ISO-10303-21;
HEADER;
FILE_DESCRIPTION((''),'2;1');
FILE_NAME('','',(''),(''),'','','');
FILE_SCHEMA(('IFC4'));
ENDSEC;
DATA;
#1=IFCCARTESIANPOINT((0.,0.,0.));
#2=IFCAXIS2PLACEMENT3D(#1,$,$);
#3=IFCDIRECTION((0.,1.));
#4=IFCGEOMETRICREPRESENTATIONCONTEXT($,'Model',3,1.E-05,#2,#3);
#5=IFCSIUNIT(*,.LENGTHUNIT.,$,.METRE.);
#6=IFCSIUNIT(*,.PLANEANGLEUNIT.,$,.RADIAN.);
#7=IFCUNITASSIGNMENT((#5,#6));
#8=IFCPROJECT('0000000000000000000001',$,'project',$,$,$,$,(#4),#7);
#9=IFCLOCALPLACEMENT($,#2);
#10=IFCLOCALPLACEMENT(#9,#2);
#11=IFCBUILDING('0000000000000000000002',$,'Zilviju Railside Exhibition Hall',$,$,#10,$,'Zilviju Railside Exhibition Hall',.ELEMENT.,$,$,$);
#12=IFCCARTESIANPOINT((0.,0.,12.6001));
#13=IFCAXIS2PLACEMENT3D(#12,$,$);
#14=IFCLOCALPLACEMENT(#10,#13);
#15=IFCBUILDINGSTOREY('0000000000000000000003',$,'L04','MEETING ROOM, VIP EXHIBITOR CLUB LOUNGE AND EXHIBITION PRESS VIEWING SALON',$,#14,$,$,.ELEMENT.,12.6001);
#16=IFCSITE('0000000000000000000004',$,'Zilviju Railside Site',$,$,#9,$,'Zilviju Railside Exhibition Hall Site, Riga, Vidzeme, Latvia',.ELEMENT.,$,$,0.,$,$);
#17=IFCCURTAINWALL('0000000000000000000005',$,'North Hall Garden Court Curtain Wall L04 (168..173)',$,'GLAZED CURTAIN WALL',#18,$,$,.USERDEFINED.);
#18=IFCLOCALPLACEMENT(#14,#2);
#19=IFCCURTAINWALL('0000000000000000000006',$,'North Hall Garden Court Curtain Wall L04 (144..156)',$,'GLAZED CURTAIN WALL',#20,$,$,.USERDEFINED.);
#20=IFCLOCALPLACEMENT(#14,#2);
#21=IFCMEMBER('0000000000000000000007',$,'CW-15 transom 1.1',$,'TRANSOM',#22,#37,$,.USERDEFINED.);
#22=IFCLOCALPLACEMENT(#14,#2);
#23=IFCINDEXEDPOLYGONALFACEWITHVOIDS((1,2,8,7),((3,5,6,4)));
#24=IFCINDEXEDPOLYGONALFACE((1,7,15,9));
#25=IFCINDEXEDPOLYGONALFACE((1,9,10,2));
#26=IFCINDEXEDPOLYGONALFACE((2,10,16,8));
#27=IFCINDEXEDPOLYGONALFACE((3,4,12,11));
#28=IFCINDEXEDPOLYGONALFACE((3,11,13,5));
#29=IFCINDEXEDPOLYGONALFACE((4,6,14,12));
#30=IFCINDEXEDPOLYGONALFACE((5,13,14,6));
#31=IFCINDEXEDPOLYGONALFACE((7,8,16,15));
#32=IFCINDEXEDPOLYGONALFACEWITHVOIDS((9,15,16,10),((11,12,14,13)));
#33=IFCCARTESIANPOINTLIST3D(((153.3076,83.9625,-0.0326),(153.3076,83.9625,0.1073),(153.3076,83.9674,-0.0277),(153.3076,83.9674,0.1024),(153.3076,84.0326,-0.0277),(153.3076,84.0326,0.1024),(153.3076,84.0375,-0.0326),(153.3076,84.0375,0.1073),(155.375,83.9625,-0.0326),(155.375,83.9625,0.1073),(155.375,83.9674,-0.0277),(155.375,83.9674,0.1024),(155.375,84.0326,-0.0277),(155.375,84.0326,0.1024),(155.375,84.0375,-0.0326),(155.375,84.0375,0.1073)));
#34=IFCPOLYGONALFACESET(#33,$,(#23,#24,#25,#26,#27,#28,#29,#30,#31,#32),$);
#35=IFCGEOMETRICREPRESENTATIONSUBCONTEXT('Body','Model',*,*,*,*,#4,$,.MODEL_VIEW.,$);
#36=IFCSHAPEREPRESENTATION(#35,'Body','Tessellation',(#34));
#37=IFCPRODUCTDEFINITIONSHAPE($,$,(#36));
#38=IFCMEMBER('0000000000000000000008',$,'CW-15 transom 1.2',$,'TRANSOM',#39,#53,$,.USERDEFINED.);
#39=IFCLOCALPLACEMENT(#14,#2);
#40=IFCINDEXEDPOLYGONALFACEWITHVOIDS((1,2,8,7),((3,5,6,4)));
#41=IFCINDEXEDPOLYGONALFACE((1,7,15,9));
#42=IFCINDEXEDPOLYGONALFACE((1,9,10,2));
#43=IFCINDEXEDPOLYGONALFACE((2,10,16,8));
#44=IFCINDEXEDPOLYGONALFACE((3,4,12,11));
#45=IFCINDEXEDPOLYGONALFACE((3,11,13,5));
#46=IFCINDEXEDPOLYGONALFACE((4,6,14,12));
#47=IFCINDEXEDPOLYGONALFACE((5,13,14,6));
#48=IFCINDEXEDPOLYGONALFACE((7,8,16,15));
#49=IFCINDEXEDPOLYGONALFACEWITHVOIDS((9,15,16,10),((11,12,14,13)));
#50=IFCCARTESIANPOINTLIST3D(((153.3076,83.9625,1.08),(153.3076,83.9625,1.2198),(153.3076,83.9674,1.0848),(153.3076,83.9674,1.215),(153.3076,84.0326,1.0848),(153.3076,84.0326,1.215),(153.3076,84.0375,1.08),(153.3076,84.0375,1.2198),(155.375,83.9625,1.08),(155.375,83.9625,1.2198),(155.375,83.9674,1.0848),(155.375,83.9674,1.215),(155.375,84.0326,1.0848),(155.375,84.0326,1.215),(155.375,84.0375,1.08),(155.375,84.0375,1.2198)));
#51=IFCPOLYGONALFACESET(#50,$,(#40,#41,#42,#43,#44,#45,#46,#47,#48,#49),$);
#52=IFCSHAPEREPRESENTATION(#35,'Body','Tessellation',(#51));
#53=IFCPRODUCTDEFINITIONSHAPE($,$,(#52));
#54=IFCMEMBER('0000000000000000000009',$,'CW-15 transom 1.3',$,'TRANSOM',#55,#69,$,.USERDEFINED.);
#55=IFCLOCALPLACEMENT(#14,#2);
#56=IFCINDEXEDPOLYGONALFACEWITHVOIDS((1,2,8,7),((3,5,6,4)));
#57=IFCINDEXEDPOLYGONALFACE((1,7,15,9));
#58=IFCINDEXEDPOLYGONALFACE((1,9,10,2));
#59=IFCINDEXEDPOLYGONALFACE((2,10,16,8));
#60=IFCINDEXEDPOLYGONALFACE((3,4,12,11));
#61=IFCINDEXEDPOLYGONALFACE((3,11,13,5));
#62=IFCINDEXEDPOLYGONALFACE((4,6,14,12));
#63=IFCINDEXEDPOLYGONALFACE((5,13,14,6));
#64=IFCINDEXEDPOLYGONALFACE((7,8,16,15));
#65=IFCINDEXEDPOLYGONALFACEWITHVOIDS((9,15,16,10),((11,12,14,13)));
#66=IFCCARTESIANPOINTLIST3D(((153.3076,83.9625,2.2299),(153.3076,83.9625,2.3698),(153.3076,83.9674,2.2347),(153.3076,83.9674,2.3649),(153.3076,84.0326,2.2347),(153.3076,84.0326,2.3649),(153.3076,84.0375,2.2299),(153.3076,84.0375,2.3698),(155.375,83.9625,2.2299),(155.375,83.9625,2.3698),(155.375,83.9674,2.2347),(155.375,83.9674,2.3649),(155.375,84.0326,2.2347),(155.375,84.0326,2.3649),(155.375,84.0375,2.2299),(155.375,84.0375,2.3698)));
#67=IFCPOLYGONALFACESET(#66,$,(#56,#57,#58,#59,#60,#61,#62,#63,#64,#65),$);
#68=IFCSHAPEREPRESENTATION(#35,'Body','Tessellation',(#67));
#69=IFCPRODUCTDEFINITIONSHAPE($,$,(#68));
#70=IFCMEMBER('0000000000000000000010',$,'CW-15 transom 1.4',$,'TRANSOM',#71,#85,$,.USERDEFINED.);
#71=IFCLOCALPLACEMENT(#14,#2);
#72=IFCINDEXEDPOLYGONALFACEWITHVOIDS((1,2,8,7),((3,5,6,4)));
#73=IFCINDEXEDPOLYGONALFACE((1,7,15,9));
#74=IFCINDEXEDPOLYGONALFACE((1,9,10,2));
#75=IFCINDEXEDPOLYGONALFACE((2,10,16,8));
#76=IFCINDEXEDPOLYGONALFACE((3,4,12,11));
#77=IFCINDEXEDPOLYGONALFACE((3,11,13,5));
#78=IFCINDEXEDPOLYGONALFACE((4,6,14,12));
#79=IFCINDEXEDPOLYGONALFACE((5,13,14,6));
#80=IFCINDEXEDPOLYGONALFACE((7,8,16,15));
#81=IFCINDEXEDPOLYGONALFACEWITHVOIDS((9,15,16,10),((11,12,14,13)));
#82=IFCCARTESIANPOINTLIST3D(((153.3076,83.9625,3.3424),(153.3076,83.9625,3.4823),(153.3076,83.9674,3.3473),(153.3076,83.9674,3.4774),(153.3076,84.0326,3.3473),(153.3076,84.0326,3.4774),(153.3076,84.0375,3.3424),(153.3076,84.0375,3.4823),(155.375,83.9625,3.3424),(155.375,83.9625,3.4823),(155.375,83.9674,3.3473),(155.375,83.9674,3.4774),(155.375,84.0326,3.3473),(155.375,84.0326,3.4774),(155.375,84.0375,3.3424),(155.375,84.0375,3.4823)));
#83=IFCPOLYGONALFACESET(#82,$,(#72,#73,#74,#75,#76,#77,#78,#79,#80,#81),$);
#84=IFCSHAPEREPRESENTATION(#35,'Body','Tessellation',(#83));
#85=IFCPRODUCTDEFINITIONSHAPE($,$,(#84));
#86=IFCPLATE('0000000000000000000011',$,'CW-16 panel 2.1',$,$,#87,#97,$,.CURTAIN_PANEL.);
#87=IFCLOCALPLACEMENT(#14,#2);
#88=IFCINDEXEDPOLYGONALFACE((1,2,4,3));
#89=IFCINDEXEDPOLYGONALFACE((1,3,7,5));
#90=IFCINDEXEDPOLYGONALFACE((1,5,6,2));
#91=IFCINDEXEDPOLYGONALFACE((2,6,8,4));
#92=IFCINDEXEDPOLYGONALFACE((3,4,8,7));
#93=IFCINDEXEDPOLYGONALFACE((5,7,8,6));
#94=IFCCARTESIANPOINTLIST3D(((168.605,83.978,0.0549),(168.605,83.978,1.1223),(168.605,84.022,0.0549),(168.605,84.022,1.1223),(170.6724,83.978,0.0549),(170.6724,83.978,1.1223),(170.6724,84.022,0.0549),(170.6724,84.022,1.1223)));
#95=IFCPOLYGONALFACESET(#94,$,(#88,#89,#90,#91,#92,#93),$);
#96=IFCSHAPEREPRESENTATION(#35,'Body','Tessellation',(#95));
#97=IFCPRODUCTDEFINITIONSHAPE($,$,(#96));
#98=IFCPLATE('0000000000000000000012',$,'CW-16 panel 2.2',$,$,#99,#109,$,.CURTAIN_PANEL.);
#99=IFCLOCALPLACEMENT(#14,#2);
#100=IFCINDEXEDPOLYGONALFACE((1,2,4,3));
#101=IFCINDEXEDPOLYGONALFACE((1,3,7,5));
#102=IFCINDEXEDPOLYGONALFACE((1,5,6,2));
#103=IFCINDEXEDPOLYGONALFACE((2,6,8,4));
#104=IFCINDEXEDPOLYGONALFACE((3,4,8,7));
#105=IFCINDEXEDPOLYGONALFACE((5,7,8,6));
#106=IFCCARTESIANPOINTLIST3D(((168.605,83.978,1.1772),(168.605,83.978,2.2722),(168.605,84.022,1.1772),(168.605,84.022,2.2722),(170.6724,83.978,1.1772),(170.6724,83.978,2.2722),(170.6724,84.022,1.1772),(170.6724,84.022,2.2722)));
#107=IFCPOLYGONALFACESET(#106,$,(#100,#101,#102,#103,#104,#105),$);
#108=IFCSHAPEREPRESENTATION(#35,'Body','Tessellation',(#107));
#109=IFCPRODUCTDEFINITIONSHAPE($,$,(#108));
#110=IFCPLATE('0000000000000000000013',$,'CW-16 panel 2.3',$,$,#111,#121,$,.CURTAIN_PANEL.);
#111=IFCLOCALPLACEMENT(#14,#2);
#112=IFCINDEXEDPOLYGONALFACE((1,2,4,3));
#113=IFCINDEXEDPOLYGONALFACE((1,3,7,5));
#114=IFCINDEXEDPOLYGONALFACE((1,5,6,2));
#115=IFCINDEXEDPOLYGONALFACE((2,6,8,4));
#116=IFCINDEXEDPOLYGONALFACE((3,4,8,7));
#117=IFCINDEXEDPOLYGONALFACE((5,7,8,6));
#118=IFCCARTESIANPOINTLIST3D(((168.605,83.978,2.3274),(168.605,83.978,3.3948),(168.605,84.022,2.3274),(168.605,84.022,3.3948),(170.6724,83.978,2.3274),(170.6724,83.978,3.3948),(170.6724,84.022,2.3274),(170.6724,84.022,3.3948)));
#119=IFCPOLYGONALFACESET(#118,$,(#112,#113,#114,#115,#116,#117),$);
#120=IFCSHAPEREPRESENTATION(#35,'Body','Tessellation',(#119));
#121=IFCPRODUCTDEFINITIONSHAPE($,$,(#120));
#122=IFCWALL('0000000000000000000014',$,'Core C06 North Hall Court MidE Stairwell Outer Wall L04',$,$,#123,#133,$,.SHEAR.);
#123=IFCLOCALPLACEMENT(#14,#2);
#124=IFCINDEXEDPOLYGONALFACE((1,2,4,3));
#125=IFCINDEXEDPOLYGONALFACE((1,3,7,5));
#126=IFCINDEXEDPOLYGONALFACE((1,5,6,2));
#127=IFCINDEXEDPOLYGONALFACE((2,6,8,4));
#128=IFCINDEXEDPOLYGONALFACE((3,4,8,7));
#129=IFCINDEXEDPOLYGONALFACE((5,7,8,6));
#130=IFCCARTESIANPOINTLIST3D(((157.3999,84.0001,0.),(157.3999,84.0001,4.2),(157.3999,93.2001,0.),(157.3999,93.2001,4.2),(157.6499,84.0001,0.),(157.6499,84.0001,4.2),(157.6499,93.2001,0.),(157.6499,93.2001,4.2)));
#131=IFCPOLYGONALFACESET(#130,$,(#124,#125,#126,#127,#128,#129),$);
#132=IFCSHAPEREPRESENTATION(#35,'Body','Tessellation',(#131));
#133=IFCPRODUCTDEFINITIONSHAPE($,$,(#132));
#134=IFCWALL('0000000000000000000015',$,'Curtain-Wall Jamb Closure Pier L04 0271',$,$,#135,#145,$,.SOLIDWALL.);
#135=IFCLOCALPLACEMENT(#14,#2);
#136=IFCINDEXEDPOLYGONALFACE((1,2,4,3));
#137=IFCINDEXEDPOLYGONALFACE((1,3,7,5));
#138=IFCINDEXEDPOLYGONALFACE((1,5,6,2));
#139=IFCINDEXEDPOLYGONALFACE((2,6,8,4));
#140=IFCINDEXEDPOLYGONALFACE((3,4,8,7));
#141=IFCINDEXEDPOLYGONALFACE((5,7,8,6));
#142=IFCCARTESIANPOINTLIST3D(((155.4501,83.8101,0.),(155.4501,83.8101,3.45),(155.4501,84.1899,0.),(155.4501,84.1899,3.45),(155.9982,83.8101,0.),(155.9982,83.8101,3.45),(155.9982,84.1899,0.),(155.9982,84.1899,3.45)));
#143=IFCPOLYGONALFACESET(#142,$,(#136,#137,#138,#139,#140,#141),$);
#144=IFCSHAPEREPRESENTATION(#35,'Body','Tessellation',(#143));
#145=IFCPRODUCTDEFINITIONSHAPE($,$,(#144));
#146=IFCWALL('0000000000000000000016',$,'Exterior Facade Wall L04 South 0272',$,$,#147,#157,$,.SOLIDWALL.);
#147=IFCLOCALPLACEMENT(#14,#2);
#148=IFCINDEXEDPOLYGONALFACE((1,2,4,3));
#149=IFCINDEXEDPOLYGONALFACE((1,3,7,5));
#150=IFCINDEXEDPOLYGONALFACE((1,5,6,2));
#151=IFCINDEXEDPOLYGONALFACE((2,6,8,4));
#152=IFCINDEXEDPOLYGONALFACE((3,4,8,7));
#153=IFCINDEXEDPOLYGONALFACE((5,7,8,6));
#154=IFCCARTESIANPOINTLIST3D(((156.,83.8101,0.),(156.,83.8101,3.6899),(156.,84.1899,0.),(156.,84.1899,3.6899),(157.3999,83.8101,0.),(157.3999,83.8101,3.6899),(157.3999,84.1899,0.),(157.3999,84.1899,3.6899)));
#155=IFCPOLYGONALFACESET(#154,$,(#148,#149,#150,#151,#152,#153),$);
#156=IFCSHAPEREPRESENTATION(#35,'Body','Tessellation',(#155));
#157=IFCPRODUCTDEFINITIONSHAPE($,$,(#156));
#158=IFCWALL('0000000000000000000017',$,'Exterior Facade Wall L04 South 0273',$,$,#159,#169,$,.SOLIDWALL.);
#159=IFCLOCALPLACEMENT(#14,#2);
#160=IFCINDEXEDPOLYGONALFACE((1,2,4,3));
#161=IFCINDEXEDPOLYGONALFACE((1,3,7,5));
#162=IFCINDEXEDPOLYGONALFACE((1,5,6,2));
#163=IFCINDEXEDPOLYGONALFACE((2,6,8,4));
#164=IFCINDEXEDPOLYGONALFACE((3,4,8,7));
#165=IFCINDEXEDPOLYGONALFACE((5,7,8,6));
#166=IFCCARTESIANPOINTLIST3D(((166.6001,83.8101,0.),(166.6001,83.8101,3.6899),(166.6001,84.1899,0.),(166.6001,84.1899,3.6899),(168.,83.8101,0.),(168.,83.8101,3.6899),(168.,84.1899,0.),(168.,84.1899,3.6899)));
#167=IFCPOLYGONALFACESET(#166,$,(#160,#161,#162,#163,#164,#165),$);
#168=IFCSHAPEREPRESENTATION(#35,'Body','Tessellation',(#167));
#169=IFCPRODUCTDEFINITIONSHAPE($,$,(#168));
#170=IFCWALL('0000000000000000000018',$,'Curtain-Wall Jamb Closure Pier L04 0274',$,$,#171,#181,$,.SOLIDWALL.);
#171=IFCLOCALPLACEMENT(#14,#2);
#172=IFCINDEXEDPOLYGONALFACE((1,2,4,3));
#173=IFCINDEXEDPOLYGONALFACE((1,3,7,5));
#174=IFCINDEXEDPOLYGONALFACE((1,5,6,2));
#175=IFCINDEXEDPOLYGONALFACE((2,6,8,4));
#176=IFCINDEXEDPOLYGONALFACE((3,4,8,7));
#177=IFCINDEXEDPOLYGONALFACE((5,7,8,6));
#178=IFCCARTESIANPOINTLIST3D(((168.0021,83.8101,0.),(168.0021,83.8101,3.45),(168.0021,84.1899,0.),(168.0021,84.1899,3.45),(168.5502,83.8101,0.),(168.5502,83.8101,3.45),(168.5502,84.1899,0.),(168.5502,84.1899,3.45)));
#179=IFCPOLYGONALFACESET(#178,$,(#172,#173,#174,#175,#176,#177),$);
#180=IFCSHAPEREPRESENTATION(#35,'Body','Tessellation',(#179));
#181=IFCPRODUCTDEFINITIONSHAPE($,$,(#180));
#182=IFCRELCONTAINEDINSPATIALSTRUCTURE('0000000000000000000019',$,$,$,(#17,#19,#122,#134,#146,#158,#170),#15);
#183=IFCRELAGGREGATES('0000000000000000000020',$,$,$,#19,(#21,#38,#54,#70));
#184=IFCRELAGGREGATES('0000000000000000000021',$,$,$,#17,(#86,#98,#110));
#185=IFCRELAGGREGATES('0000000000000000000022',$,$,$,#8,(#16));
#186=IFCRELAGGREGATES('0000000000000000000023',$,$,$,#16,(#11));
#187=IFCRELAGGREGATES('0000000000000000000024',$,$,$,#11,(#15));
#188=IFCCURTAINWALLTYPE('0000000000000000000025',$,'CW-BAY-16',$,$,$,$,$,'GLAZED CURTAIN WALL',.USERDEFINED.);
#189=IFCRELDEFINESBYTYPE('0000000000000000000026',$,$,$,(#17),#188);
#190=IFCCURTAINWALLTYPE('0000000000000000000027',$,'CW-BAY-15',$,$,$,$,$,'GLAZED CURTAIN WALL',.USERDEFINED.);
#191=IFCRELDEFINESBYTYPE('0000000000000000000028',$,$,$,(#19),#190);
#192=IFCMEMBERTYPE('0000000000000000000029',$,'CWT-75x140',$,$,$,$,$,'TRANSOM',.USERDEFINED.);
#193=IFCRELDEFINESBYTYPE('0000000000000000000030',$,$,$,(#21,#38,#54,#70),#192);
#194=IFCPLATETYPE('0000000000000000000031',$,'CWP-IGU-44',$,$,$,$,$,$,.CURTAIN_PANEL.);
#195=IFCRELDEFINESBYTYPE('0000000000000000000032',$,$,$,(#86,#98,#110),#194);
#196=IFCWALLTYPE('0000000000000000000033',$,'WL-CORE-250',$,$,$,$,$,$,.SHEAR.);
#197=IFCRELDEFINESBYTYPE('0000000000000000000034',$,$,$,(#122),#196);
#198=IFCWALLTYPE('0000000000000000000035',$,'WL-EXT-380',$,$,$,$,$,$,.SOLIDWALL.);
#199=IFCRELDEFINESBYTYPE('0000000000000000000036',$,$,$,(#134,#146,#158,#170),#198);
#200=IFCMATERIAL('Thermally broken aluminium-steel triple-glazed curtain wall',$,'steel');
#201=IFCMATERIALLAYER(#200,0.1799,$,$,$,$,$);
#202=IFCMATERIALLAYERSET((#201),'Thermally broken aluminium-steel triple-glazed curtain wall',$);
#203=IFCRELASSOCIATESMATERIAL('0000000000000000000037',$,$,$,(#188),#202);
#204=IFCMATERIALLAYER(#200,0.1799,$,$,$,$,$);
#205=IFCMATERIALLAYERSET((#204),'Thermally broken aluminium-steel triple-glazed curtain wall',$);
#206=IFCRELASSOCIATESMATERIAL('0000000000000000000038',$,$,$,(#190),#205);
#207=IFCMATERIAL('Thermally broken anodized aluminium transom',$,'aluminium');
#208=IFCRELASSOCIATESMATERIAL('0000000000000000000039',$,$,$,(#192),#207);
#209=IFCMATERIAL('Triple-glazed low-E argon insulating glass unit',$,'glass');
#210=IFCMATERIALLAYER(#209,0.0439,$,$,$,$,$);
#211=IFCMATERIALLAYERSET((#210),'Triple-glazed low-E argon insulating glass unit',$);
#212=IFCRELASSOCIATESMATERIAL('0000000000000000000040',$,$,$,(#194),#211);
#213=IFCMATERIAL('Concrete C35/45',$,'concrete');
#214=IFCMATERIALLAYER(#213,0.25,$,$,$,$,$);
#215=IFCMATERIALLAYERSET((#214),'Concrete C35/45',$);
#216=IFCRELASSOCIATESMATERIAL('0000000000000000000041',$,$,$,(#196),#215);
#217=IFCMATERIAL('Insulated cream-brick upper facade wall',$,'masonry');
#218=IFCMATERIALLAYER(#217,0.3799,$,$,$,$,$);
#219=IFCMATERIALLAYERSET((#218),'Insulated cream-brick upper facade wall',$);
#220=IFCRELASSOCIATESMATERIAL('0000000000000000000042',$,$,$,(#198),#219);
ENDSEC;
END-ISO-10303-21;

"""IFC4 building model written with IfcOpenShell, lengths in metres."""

from ifc_helpers import new_model, si_unit, direction, frame, frame_2d, origin, origin_2d, place, context, subcontext, project, spatial, rectangle, hollow_rectangle, extrude, material, layer, layer_set, material_profile, profile_set, type_object, element, aggregate, save


model = new_model("IFC4")

# Units and contexts
model_context = context("Model", 3, precision=1e-05, world=origin(), true_north=direction((0.0, 1.0)))
body_context = subcontext(model_context, "Body", "Model", "MODEL_VIEW")
ifc_project = project(units=[si_unit("LENGTHUNIT", "METRE"), si_unit("PLANEANGLEUNIT", "RADIAN")], contexts=[model_context])

# Site, building, storey
site_placement = place(None, origin())
site = spatial("IfcSite", under=ifc_project, at=site_placement, Name="Zilviju Railside Site", LongName="Zilviju Railside Exhibition Hall Site, Riga, Vidzeme, Latvia", CompositionType="ELEMENT", RefElevation=0.0)
building_placement = place(site_placement, origin())
building = spatial("IfcBuilding", under=site, at=building_placement, Name="Zilviju Railside Exhibition Hall", LongName="Zilviju Railside Exhibition Hall", CompositionType="ELEMENT")
storey_placement = place(building_placement, frame((0.0, 0.0, 12.6001)))
storey = spatial("IfcBuildingStorey", under=building, at=storey_placement, Name="L04", Description="MEETING ROOM, VIP EXHIBITOR CLUB LOUNGE AND EXHIBITION PRESS VIEWING SALON", CompositionType="ELEMENT", Elevation=12.6001)

# Curtain walls
ifc_material_1 = material(Name="Thermally broken aluminium-steel triple-glazed curtain wall", Category="steel")
ifc_layer_1 = layer(ifc_material_1, 0.1799)
ifc_layer_set_1 = layer_set([ifc_layer_1], Name="Thermally broken aluminium-steel triple-glazed curtain wall")
curtain_wall_type_1 = type_object("IfcCurtainWallType", Name="CW-BAY-16", ElementType="GLAZED CURTAIN WALL", PredefinedType="USERDEFINED", material=ifc_layer_set_1)
curtain_wall_1_placement = place(storey_placement, origin())
curtain_wall_1 = element("IfcCurtainWall", 1, at=curtain_wall_1_placement, inside=storey, type_object=curtain_wall_type_1, Name="North Hall Garden Court Curtain Wall L04 (168..173)", ObjectType="GLAZED CURTAIN WALL", PredefinedType="USERDEFINED")
ifc_layer_2 = layer(ifc_material_1, 0.1799)
ifc_layer_set_2 = layer_set([ifc_layer_2], Name="Thermally broken aluminium-steel triple-glazed curtain wall")
curtain_wall_type_2 = type_object("IfcCurtainWallType", Name="CW-BAY-15", ElementType="GLAZED CURTAIN WALL", PredefinedType="USERDEFINED", material=ifc_layer_set_2)
curtain_wall_2_placement = place(storey_placement, origin())
curtain_wall_2 = element("IfcCurtainWall", 2, at=curtain_wall_2_placement, inside=storey, type_object=curtain_wall_type_2, Name="North Hall Garden Court Curtain Wall L04 (144..156)", ObjectType="GLAZED CURTAIN WALL", PredefinedType="USERDEFINED")

# Members
ifc_material_2 = material(Name="Thermally broken anodized aluminium transom", Category="aluminium")
ifc_material_profile_1 = material_profile(ifc_material_2, hollow_rectangle(XDim=0.075, YDim=0.1399, WallThickness=0.0049, at=origin_2d()), Name="TRANSOM 140x75x5")
ifc_profile_set_1 = profile_set([ifc_material_profile_1], Name="Thermally broken anodized aluminium transom")
member_type_1 = type_object("IfcMemberType", Name="CWT-75x140", ElementType="TRANSOM", PredefinedType="USERDEFINED", material=ifc_profile_set_1)
member_1_placement = place(storey_placement, frame((155.375, 84.0, 0.0374), z_axis=(-1.0, 0.0, 0.0), x_axis=(0.0, -1.0, 0.0)))
member_1 = element("IfcMember", 3, at=member_1_placement, type_object=member_type_1, Name="CW-15 transom 1.1", ObjectType="TRANSOM", PredefinedType="USERDEFINED", context=body_context, shape_type="SweptSolid", body=[
    extrude(hollow_rectangle(XDim=0.075, YDim=0.1399, WallThickness=0.0049, at=origin_2d()), origin(), (0.0, 0.0, 1.0), 2.0674),
])
member_2_placement = place(storey_placement, frame((155.375, 84.0, 1.1499), z_axis=(-1.0, 0.0, 0.0), x_axis=(0.0, -1.0, 0.0)))
member_2 = element("IfcMember", 4, at=member_2_placement, type_object=member_type_1, Name="CW-15 transom 1.2", ObjectType="TRANSOM", PredefinedType="USERDEFINED", context=body_context, shape_type="SweptSolid", body=[
    extrude(hollow_rectangle(XDim=0.075, YDim=0.1399, WallThickness=0.0049, at=origin_2d()), origin(), (0.0, 0.0, 1.0), 2.0674),
])
member_3_placement = place(storey_placement, frame((155.375, 84.0, 2.2998), z_axis=(-1.0, 0.0, 0.0), x_axis=(0.0, -1.0, 0.0)))
member_3 = element("IfcMember", 5, at=member_3_placement, type_object=member_type_1, Name="CW-15 transom 1.3", ObjectType="TRANSOM", PredefinedType="USERDEFINED", context=body_context, shape_type="SweptSolid", body=[
    extrude(hollow_rectangle(XDim=0.075, YDim=0.1399, WallThickness=0.0049, at=origin_2d()), origin(), (0.0, 0.0, 1.0), 2.0674),
])
member_4_placement = place(storey_placement, frame((155.375, 84.0, 3.4124), z_axis=(-1.0, 0.0, 0.0), x_axis=(0.0, -1.0, 0.0)))
member_4 = element("IfcMember", 6, at=member_4_placement, type_object=member_type_1, Name="CW-15 transom 1.4", ObjectType="TRANSOM", PredefinedType="USERDEFINED", context=body_context, shape_type="SweptSolid", body=[
    extrude(hollow_rectangle(XDim=0.075, YDim=0.1399, WallThickness=0.0049, at=origin_2d()), origin(), (0.0, 0.0, 1.0), 2.0674),
])
aggregate(curtain_wall_2, [member_1, member_2, member_3, member_4])

# Plates
ifc_material_3 = material(Name="Triple-glazed low-E argon insulating glass unit", Category="glass")
ifc_layer_3 = layer(ifc_material_3, 0.0439)
ifc_layer_set_3 = layer_set([ifc_layer_3], Name="Triple-glazed low-E argon insulating glass unit")
plate_type = type_object("IfcPlateType", Name="CWP-IGU-44", PredefinedType="CURTAIN_PANEL", material=ifc_layer_set_3)
plate_1_placement = place(storey_placement, frame((169.6387, 84.0, 0.0549), z_axis=(0.0, 0.0, 1.0), x_axis=(-1.0, 0.0, 0.0)))
plate_1 = element("IfcPlate", 7, at=plate_1_placement, type_object=plate_type, Name="CW-16 panel 2.1", PredefinedType="CURTAIN_PANEL", context=body_context, shape_type="SweptSolid", body=[
    extrude(rectangle(XDim=2.0674, YDim=0.0439, at=origin_2d()), origin(), (0.0, 0.0, 1.0), 1.0674),
])
plate_2_placement = place(storey_placement, frame((169.6387, 84.0, 1.1772), z_axis=(0.0, 0.0, 1.0), x_axis=(-1.0, 0.0, 0.0)))
plate_2 = element("IfcPlate", 8, at=plate_2_placement, type_object=plate_type, Name="CW-16 panel 2.2", PredefinedType="CURTAIN_PANEL", context=body_context, shape_type="SweptSolid", body=[
    extrude(rectangle(XDim=2.0674, YDim=0.0439, at=origin_2d()), origin(), (0.0, 0.0, 1.0), 1.095),
])
plate_3_placement = place(storey_placement, frame((169.6387, 84.0, 2.3274), z_axis=(0.0, 0.0, 1.0), x_axis=(-1.0, 0.0, 0.0)))
plate_3 = element("IfcPlate", 9, at=plate_3_placement, type_object=plate_type, Name="CW-16 panel 2.3", PredefinedType="CURTAIN_PANEL", context=body_context, shape_type="SweptSolid", body=[
    extrude(rectangle(XDim=2.0674, YDim=0.0439, at=origin_2d()), origin(), (0.0, 0.0, 1.0), 1.0674),
])
aggregate(curtain_wall_1, [plate_1, plate_2, plate_3])

# Wall
ifc_material_4 = material(Name="Concrete C35/45", Category="concrete")
ifc_layer_4 = layer(ifc_material_4, 0.25)
ifc_layer_set_4 = layer_set([ifc_layer_4], Name="Concrete C35/45")
wall_type_1 = type_object("IfcWallType", Name="WL-CORE-250", PredefinedType="SHEAR", material=ifc_layer_set_4)
wall_1_placement = place(storey_placement, frame((157.5249, 84.0, 0.0), z_axis=(0.0, 0.0, 1.0), x_axis=(0.0, 1.0, 0.0)))
element("IfcWall", 10, at=wall_1_placement, inside=storey, type_object=wall_type_1, Name="Core C06 North Hall Court MidE Stairwell Outer Wall L04", PredefinedType="SHEAR", context=body_context, shape_type="SweptSolid", body=[
    extrude(rectangle(XDim=9.2, YDim=0.25, at=frame_2d((4.6001, 0.0))), origin(), (0.0, 0.0, 1.0), 4.2),
])

# Walls
ifc_material_5 = material(Name="Insulated cream-brick upper facade wall", Category="masonry")
ifc_layer_5 = layer(ifc_material_5, 0.3799)
ifc_layer_set_5 = layer_set([ifc_layer_5], Name="Insulated cream-brick upper facade wall")
wall_type_2 = type_object("IfcWallType", Name="WL-EXT-380", PredefinedType="SOLIDWALL", material=ifc_layer_set_5)
wall_2_placement = place(storey_placement, frame((155.998, 84.0, 0.0), z_axis=(0.0, 0.0, 1.0), x_axis=(-1.0, 0.0, 0.0)))
element("IfcWall", 11, at=wall_2_placement, inside=storey, type_object=wall_type_2, Name="Curtain-Wall Jamb Closure Pier L04 0271", PredefinedType="SOLIDWALL", context=body_context, shape_type="SweptSolid", body=[
    extrude(rectangle(XDim=0.5481, YDim=0.3799, at=frame_2d((0.2739, 0.0))), origin(), (0.0, 0.0, 1.0), 3.45),
])
for number, where, z_axis, x_axis, name in (
    (12, (157.3999, 84.0, 0.0), (0.0, 0.0, 1.0), (-1.0, 0.0, 0.0), "Exterior Facade Wall L04 South 0272"),
    (13, (168.0, 84.0, 0.0), (0.0, 0.0, 1.0), (-1.0, 0.0, 0.0), "Exterior Facade Wall L04 South 0273"),
):
    element("IfcWall", number, at=place(storey_placement, frame(where, z_axis=z_axis, x_axis=x_axis)), inside=storey, type_object=wall_type_2, Name=name, PredefinedType="SOLIDWALL", context=body_context, shape_type="SweptSolid", body=[
        extrude(rectangle(XDim=1.3999, YDim=0.3799, at=frame_2d((0.7, 0.0))), origin(), (0.0, 0.0, 1.0), 3.6899),
    ])
wall_3_placement = place(storey_placement, frame((168.55, 84.0, 0.0), z_axis=(0.0, 0.0, 1.0), x_axis=(-1.0, 0.0, 0.0)))
element("IfcWall", 14, at=wall_3_placement, inside=storey, type_object=wall_type_2, Name="Curtain-Wall Jamb Closure Pier L04 0274", PredefinedType="SOLIDWALL", context=body_context, shape_type="SweptSolid", body=[
    extrude(rectangle(XDim=0.5481, YDim=0.3799, at=frame_2d((0.2739, 0.0))), origin(), (0.0, 0.0, 1.0), 3.45),
])

save(model, "model.ifc")
